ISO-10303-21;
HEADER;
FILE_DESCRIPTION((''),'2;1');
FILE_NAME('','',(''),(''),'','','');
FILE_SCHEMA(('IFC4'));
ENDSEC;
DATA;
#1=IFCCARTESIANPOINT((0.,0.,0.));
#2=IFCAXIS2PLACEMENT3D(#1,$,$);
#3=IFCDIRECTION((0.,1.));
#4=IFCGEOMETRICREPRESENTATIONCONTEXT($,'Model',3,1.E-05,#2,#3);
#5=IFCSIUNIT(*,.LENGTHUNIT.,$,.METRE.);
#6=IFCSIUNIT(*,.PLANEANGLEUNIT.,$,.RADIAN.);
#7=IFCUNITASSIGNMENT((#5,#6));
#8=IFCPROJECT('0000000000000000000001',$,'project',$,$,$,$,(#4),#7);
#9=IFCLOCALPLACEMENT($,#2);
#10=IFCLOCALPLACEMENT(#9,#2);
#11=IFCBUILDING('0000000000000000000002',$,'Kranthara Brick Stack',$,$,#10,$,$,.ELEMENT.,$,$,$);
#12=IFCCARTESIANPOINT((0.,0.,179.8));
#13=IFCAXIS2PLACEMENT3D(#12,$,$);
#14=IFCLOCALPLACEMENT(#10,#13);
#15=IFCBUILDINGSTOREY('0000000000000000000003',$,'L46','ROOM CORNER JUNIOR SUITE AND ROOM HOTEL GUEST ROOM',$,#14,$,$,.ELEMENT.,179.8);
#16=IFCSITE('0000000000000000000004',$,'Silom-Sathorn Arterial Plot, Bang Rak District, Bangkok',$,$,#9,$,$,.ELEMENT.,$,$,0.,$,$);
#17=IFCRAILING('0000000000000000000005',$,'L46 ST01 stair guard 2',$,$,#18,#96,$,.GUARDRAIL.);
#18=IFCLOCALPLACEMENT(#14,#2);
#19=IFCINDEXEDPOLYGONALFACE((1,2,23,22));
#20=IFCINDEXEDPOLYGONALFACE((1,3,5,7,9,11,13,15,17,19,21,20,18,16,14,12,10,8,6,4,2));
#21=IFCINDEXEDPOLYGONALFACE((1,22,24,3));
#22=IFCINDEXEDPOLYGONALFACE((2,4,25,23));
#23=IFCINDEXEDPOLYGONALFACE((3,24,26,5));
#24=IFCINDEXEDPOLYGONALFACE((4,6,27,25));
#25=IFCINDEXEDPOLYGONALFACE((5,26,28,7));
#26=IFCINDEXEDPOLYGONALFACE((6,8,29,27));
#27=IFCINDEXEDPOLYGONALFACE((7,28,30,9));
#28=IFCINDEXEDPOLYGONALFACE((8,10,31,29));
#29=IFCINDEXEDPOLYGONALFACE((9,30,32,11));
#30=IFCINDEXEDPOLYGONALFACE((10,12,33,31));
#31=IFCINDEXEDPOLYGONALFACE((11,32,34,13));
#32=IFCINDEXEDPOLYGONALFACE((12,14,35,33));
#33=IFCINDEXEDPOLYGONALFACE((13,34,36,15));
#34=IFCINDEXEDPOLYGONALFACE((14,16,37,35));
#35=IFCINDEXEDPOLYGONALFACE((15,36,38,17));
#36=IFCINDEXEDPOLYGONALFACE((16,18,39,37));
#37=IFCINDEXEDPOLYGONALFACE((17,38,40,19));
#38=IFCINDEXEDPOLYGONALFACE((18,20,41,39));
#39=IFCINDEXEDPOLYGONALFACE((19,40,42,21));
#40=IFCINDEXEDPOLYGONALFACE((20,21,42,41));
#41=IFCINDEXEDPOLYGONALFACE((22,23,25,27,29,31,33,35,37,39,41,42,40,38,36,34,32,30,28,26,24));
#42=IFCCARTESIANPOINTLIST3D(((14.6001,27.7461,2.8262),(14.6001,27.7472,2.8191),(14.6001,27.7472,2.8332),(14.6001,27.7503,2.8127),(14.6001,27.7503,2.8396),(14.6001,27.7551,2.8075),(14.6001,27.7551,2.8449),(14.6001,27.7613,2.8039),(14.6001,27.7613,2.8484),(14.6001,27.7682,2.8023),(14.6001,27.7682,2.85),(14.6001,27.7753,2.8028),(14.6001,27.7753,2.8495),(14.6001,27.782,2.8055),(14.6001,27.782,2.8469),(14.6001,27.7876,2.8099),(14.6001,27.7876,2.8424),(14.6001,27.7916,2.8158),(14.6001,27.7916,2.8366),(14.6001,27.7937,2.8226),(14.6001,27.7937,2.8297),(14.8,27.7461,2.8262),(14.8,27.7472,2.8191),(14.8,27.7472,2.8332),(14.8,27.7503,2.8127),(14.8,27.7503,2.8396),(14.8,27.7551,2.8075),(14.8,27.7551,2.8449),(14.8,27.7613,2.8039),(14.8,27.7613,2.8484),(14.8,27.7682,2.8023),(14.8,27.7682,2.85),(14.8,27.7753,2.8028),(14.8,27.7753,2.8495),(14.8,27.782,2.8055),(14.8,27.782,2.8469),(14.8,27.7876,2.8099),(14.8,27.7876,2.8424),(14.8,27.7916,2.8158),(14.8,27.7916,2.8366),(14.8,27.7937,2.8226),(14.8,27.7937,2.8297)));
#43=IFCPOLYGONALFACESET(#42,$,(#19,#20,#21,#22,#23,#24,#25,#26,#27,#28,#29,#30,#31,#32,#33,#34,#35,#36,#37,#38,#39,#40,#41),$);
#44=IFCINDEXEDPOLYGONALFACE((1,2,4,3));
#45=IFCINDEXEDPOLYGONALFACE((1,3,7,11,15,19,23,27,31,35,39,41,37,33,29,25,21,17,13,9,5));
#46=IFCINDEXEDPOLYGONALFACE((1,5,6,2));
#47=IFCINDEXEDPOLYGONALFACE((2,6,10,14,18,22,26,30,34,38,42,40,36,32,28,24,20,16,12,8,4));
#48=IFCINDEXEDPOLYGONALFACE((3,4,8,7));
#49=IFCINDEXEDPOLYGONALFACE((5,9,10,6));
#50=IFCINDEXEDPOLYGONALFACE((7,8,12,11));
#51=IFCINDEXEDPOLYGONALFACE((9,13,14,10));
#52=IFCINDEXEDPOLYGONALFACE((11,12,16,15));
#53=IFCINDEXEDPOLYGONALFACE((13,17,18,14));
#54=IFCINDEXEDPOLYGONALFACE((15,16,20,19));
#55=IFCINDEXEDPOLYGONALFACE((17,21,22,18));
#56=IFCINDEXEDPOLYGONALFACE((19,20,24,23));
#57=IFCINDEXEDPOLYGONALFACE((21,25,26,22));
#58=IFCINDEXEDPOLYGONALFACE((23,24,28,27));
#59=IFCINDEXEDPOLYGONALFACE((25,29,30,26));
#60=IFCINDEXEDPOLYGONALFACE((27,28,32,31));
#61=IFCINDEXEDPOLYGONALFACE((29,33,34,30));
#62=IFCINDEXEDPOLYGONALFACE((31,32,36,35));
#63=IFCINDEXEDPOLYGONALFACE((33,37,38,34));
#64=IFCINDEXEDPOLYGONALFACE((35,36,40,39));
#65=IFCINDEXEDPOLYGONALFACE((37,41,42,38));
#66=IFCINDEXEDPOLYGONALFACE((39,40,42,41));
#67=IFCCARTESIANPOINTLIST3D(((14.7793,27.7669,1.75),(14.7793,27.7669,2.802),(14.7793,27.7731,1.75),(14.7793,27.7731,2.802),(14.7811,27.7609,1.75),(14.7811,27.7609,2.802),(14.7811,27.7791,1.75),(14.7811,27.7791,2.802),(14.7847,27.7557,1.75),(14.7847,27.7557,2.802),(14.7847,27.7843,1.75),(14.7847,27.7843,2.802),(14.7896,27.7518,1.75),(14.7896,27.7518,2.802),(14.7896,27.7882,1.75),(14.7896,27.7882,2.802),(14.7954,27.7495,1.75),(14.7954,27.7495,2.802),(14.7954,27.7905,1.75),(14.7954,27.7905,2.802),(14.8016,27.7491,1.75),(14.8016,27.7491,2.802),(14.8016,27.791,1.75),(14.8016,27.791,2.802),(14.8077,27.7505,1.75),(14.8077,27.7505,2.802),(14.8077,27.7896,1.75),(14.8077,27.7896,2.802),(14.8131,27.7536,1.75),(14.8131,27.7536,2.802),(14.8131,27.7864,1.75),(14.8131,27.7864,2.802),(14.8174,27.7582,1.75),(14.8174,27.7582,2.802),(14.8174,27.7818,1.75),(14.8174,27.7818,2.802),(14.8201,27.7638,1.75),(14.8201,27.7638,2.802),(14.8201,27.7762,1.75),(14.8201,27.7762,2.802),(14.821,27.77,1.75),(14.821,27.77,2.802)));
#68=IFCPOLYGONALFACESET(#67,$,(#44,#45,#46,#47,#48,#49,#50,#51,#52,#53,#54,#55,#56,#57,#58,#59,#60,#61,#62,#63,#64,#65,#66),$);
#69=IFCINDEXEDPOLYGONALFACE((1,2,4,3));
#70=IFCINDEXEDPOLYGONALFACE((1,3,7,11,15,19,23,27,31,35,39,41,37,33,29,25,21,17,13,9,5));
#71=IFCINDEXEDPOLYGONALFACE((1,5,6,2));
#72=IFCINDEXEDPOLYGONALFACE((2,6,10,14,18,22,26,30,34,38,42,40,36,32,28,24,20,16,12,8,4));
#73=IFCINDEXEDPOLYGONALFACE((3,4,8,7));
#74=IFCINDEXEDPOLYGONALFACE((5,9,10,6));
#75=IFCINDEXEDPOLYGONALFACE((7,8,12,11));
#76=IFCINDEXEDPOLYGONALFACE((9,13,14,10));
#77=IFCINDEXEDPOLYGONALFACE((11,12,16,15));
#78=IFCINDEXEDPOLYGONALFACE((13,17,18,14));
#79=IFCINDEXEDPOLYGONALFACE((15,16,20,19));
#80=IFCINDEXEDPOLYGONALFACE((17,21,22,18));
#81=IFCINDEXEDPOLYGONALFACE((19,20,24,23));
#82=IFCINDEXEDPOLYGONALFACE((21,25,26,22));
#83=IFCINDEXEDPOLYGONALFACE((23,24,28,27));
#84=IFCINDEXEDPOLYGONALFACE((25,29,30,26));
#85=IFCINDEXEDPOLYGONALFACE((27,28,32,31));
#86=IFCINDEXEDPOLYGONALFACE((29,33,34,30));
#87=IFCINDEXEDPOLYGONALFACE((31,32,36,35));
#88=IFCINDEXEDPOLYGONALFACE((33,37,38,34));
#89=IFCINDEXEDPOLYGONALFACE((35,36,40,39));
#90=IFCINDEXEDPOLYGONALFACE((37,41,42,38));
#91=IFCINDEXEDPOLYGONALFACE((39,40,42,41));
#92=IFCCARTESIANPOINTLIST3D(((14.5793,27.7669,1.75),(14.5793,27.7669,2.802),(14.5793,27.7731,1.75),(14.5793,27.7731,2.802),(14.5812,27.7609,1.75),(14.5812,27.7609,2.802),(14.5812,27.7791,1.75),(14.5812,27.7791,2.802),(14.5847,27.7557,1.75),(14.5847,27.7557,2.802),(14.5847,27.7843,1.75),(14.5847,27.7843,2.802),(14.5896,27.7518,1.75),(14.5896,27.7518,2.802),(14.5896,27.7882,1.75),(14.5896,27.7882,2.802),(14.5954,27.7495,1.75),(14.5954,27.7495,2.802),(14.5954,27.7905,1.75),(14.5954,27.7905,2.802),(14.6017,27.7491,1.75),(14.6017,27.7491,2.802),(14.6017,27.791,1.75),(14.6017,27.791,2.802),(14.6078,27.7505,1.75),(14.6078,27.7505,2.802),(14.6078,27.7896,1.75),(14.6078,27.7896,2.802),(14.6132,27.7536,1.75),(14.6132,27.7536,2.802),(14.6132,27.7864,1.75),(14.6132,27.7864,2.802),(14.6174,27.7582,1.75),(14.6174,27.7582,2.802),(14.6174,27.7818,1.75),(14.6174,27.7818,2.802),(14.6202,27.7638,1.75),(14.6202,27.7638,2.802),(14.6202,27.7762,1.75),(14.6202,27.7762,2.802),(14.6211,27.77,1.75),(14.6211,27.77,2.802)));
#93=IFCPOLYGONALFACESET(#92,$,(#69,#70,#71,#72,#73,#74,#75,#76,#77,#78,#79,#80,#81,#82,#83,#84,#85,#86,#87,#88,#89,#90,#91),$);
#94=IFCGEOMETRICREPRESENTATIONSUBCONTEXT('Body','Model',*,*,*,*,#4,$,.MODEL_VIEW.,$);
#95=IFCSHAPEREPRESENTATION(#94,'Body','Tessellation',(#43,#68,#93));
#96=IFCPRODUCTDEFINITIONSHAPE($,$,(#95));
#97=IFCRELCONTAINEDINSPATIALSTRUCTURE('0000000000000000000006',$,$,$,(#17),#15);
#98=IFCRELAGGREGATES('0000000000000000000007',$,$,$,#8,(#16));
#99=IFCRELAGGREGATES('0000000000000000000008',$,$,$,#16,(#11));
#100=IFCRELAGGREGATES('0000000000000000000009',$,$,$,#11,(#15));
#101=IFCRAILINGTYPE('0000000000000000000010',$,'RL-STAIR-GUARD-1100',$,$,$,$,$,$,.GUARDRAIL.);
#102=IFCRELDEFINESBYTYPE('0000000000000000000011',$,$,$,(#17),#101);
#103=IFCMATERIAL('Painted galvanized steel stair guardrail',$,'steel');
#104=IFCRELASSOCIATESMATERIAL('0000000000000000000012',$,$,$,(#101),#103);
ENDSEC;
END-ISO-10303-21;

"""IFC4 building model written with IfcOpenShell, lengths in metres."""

from ifc_helpers import new_model, si_unit, direction, frame, origin, origin_2d, place, context, subcontext, project, spatial, circle, extrude, material, type_object, element, save


model = new_model("IFC4")

# Units and contexts
model_context = context("Model", 3, precision=1e-05, world=origin(), true_north=direction((0.0, 1.0)))
body_context = subcontext(model_context, "Body", "Model", "MODEL_VIEW")
ifc_project = project(units=[si_unit("LENGTHUNIT", "METRE"), si_unit("PLANEANGLEUNIT", "RADIAN")], contexts=[model_context])

# Site, building, storey
site_placement = place(None, origin())
site = spatial("IfcSite", under=ifc_project, at=site_placement, Name="Silom-Sathorn Arterial Plot, Bang Rak District, Bangkok", CompositionType="ELEMENT", RefElevation=0.0)
building_placement = place(site_placement, origin())
building = spatial("IfcBuilding", under=site, at=building_placement, Name="Kranthara Brick Stack", CompositionType="ELEMENT")
storey_placement = place(building_placement, frame((0.0, 0.0, 179.8)))
storey = spatial("IfcBuildingStorey", under=building, at=storey_placement, Name="L46", Description="ROOM CORNER JUNIOR SUITE AND ROOM HOTEL GUEST ROOM", CompositionType="ELEMENT", Elevation=179.8)

# Railing
ifc_material_1 = material(Name="Painted galvanized steel stair guardrail", Category="steel")
railing_type_1 = type_object("IfcRailingType", Name="RL-STAIR-GUARD-1100", PredefinedType="GUARDRAIL", material=ifc_material_1)
railing_1_placement = place(storey_placement, frame((14.8, 27.77, 1.75)))
element("IfcRailing", 1, at=railing_1_placement, inside=storey, type_object=railing_type_1, Name="L46 ST01 stair guard 2", PredefinedType="GUARDRAIL", context=body_context, shape_type="SweptSolid", body=[
    extrude(circle(Radius=0.0239, at=origin_2d()), frame((0.0, 0.0, 1.0762), z_axis=(-1.0, 0.0, 0.0), x_axis=(0.0, -1.0, 0.0)), (0.0, 0.0, 1.0), 0.2),
    extrude(circle(Radius=0.021, at=origin_2d()), origin(), (0.0, 0.0, 1.0), 1.052),
    extrude(circle(Radius=0.021, at=origin_2d()), frame((-0.2, 0.0, 0.0)), (0.0, 0.0, 1.0), 1.052),
])

save(model, "model.ifc")
